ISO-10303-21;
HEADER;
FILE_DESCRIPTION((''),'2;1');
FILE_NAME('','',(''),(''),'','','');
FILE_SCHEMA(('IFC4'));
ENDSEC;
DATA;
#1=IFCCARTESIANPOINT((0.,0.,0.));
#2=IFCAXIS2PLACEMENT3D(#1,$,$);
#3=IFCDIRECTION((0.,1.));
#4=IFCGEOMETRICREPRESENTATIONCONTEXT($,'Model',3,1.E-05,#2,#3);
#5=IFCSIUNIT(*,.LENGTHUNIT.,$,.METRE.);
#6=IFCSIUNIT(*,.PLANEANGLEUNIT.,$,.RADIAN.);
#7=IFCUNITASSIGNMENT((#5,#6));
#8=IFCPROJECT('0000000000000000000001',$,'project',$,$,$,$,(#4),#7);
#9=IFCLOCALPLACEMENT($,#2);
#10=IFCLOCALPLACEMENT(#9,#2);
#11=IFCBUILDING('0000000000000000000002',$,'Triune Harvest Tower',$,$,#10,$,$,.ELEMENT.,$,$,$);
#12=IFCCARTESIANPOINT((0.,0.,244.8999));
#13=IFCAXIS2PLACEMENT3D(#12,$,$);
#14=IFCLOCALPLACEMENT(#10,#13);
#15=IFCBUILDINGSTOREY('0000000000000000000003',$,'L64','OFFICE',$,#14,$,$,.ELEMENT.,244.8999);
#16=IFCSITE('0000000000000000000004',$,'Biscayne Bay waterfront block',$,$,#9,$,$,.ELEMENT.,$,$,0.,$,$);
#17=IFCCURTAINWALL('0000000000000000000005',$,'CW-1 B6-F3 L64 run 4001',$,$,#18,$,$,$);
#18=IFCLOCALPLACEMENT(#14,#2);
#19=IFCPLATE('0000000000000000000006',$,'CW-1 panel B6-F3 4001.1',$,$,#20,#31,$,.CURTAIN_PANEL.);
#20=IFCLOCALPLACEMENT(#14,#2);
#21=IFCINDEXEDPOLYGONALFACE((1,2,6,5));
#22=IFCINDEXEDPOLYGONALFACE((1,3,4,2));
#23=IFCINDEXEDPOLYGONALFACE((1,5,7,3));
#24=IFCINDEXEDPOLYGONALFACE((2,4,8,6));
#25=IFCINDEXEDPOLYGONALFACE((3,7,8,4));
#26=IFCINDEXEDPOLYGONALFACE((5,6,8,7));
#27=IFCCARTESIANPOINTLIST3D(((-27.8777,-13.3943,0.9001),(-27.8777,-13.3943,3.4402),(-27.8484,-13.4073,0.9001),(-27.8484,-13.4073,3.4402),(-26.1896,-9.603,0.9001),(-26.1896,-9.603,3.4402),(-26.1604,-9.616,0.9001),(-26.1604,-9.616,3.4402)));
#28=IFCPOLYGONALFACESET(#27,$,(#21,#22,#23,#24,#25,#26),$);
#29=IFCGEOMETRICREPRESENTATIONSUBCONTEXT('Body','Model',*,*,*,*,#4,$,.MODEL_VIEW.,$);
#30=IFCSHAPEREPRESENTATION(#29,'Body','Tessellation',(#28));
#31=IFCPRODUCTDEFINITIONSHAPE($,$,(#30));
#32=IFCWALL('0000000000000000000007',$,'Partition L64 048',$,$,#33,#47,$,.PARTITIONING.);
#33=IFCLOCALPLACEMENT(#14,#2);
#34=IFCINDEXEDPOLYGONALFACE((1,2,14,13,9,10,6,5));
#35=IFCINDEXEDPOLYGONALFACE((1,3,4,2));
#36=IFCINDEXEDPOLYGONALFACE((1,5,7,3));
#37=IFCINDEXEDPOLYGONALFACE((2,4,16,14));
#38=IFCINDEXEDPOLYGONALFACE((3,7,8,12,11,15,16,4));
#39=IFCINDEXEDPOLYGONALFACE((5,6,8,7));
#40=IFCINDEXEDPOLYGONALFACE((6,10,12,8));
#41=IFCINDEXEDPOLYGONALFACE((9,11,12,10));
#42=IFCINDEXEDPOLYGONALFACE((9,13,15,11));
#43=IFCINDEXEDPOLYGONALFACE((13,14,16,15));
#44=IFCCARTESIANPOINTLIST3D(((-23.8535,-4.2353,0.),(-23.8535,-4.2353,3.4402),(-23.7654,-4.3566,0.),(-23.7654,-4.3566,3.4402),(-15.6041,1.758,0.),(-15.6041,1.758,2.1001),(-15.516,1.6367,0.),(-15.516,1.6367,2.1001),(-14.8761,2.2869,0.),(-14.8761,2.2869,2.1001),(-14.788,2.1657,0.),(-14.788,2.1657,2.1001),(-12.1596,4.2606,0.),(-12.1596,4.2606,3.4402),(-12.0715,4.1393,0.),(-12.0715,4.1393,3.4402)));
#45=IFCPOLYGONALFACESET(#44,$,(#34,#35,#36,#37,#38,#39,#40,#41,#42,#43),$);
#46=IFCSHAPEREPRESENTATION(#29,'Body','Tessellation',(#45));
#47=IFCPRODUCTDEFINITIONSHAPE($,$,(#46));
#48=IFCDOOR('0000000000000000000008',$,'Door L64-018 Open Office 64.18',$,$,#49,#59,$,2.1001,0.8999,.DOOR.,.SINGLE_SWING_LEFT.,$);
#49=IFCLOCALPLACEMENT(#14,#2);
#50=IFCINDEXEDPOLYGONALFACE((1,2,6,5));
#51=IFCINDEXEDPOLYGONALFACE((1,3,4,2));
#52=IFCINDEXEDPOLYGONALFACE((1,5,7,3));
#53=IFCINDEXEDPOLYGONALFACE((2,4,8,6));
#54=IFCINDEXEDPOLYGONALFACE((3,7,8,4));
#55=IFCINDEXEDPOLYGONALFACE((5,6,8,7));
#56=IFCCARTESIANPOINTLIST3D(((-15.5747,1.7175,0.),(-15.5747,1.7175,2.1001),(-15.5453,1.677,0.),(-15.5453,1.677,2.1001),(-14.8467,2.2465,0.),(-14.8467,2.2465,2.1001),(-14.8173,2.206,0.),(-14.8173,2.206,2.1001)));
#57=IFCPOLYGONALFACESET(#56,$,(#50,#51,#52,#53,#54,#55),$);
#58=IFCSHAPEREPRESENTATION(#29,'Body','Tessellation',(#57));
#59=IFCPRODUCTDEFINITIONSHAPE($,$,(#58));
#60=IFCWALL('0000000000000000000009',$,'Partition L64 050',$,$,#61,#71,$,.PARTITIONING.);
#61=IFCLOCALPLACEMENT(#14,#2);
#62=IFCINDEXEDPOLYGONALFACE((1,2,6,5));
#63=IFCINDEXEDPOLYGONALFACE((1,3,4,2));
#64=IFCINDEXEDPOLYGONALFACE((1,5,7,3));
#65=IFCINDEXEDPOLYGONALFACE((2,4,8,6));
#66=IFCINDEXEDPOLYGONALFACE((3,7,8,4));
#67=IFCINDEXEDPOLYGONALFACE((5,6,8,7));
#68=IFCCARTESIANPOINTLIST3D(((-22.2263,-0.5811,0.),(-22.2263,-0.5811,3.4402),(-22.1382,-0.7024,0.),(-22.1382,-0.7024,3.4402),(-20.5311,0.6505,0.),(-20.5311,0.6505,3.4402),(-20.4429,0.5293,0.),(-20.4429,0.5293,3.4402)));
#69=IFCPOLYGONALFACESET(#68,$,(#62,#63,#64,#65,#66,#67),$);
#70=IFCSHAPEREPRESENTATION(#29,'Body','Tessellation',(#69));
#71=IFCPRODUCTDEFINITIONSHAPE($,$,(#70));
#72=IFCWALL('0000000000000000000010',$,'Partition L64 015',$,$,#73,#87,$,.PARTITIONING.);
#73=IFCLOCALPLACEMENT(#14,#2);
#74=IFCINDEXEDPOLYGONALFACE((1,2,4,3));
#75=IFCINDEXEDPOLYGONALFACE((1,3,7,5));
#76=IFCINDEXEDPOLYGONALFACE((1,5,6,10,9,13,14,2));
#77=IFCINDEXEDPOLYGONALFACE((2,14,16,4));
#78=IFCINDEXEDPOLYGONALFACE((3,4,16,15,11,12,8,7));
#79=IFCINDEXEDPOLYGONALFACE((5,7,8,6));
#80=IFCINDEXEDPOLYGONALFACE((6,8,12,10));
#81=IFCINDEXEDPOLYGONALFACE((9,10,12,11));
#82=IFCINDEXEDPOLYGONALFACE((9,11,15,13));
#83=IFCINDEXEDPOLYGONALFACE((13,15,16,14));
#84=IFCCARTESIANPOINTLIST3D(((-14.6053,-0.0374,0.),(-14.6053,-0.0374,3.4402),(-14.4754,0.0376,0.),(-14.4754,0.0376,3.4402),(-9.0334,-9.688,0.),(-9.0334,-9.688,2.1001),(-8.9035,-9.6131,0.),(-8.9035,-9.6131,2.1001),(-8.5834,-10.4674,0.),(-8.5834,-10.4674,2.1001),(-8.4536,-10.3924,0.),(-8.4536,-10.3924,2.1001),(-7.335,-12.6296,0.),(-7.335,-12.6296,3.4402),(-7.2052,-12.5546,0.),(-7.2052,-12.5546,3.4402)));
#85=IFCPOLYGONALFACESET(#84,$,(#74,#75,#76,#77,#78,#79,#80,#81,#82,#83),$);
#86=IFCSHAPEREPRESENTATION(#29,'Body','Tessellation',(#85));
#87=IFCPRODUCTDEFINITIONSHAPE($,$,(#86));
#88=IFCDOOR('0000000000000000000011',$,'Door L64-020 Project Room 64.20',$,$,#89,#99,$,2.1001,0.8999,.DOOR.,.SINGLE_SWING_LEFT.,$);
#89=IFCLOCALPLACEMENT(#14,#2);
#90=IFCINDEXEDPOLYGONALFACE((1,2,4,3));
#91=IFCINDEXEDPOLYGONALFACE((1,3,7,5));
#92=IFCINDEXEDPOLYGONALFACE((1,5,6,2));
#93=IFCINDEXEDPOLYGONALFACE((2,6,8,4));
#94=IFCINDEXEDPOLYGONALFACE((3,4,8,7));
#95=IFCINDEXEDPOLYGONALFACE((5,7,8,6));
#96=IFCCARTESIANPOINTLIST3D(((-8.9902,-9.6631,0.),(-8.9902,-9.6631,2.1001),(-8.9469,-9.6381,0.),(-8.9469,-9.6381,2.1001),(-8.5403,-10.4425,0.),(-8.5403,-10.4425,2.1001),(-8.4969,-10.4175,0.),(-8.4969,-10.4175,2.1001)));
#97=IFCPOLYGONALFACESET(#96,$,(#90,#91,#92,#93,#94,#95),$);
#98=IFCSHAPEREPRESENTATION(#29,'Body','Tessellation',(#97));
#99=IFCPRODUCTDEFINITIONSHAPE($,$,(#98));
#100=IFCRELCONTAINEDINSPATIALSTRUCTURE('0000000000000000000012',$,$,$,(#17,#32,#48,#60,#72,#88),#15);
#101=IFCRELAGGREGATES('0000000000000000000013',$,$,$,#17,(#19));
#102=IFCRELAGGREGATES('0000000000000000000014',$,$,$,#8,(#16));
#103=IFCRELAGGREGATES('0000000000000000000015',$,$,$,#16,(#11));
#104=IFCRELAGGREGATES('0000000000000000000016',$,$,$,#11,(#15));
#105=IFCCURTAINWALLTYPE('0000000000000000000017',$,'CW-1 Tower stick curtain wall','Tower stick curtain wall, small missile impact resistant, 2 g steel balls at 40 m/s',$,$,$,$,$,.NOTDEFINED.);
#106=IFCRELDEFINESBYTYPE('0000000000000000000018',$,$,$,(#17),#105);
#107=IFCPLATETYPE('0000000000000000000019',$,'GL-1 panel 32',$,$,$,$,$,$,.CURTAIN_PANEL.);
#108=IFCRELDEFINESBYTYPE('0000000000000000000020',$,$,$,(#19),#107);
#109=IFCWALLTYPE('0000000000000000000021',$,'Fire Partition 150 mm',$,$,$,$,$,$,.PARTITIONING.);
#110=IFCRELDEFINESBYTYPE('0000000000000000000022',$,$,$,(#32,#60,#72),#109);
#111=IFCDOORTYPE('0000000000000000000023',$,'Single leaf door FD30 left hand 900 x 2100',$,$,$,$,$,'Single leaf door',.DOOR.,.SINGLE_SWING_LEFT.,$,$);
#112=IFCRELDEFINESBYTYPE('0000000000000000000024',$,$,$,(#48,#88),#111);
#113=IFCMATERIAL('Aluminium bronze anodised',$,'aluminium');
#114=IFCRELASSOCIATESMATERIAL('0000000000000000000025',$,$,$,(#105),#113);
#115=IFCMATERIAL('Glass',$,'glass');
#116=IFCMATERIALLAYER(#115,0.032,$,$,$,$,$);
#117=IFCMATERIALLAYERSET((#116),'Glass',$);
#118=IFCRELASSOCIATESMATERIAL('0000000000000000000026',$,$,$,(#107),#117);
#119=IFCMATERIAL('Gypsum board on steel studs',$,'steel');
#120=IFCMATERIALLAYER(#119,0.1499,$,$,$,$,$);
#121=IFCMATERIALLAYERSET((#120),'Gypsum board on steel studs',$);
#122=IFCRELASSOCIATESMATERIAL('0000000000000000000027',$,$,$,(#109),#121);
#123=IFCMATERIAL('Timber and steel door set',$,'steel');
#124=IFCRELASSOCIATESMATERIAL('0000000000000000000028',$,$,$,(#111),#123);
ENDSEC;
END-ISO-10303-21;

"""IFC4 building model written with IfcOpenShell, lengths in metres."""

from ifc_helpers import new_model, si_unit, direction, frame, frame_2d, origin, origin_2d, place, context, subcontext, project, spatial, rectangle, extrude, source, transform, mapped, material, layer, layer_set, type_object, element, fill, aggregate, save


model = new_model("IFC4")

# Units and contexts
model_context = context("Model", 3, precision=1e-05, world=origin(), true_north=direction((0.0, 1.0)))
body_context = subcontext(model_context, "Body", "Model", "MODEL_VIEW")
ifc_project = project(units=[si_unit("LENGTHUNIT", "METRE"), si_unit("PLANEANGLEUNIT", "RADIAN")], contexts=[model_context])

# Site, building, storey
site_placement = place(None, origin())
site = spatial("IfcSite", under=ifc_project, at=site_placement, Name="Biscayne Bay waterfront block", CompositionType="ELEMENT", RefElevation=0.0)
building_placement = place(site_placement, origin())
building = spatial("IfcBuilding", under=site, at=building_placement, Name="Triune Harvest Tower", CompositionType="ELEMENT")
storey_placement = place(building_placement, frame((0.0, 0.0, 244.8999)))
storey = spatial("IfcBuildingStorey", under=building, at=storey_placement, Name="L64", Description="OFFICE", CompositionType="ELEMENT", Elevation=244.8999)

# Curtain wall
ifc_material_1 = material(Name="Aluminium bronze anodised", Category="aluminium")
curtain_wall_type_1 = type_object("IfcCurtainWallType", Name="CW-1 Tower stick curtain wall", Description="Tower stick curtain wall, small missile impact resistant, 2 g steel balls at 40 m/s", PredefinedType="NOTDEFINED", material=ifc_material_1)
curtain_wall_1_placement = place(storey_placement, origin())
curtain_wall_1 = element("IfcCurtainWall", 1, at=curtain_wall_1_placement, inside=storey, type_object=curtain_wall_type_1, Name="CW-1 B6-F3 L64 run 4001")

# Plate
ifc_material_2 = material(Name="Glass", Category="glass")
ifc_layer_1 = layer(ifc_material_2, 0.032)
ifc_layer_set_1 = layer_set([ifc_layer_1], Name="Glass")
plate_type_1 = type_object("IfcPlateType", Name="GL-1 panel 32", PredefinedType="CURTAIN_PANEL", material=ifc_layer_set_1)
shared_shape_1 = source(origin(), body_context, "Body", "SweptSolid", [
    extrude(rectangle(XDim=4.1501, YDim=0.032, at=origin_2d()), origin(), (0.0, 0.0, 1.0), 2.54),
])
plate_1_placement = place(storey_placement, frame((-27.019, -11.5051, 0.9001), z_axis=(0.0, 0.0, 1.0), x_axis=(-0.406739, -0.913545, 0.0)))
plate_1 = element("IfcPlate", 2, at=plate_1_placement, type_object=plate_type_1, Name="CW-1 panel B6-F3 4001.1", PredefinedType="CURTAIN_PANEL", context=body_context, shape_type="MappedRepresentation", body=[
    mapped(shared_shape_1, transform((0.0, 0.0, 0.0), scale=1.0)),
])
aggregate(curtain_wall_1, [plate_1])

# Wall, opening, door
ifc_material_3 = material(Name="Gypsum board on steel studs", Category="steel")
ifc_layer_2 = layer(ifc_material_3, 0.1499)
ifc_layer_set_2 = layer_set([ifc_layer_2], Name="Gypsum board on steel studs")
wall_type = type_object("IfcWallType", Name="Fire Partition 150 mm", PredefinedType="PARTITIONING", material=ifc_layer_set_2)
wall_1_placement = place(storey_placement, frame((-23.8093, -4.2959, 0.0), z_axis=(0.0, 0.0, 1.0), x_axis=(0.809024, 0.587775, 0.0)))
wall_1 = element("IfcWall", 3, at=wall_1_placement, inside=storey, type_object=wall_type, Name="Partition L64 048", PredefinedType="PARTITIONING", context=body_context, shape_type="SweptSolid", body=[
    extrude(rectangle(XDim=14.4543, YDim=0.1499, at=frame_2d((7.2271, 0.0))), origin(), (0.0, 0.0, 1.0), 3.4402),
])
opening_1_placement = place(wall_1_placement, frame((10.1965, 0.0, 0.0)))
opening_1 = element("IfcOpeningElement", 4, at=opening_1_placement, cuts=wall_1, PredefinedType="OPENING", context=body_context, shape_type="SweptSolid", body=[
    extrude(rectangle(XDim=0.8999, YDim=2.1001, at=frame_2d((0.45, 1.05))), frame((0.0, 0.085, 0.0), z_axis=(0.0, -1.0, 0.0), x_axis=(1.0, 0.0, 0.0)), (0.0, 0.0, 1.0), 0.1699),
])
ifc_material_4 = material(Name="Timber and steel door set", Category="steel")
door_type = type_object("IfcDoorType", Name="Single leaf door FD30 left hand 900 x 2100", ElementType="Single leaf door", OperationType="SINGLE_SWING_LEFT", PredefinedType="DOOR", material=ifc_material_4)
door_1_placement = place(opening_1_placement, origin())
door_1 = element("IfcDoor", 5, at=door_1_placement, inside=storey, type_object=door_type, Name="Door L64-018 Open Office 64.18", OperationType="SINGLE_SWING_LEFT", OverallHeight=2.1001, OverallWidth=0.8999, PredefinedType="DOOR", context=body_context, shape_type="SweptSolid", body=[
    extrude(rectangle(XDim=0.8999, YDim=2.1001, at=frame_2d((0.45, 1.05))), frame((0.0, 0.0249, 0.0), z_axis=(0.0, -1.0, 0.0), x_axis=(1.0, 0.0, 0.0)), (0.0, 0.0, 1.0), 0.05),
])
fill(opening_1, door_1)

# Wall
wall_2_placement = place(storey_placement, frame((-22.1824, -0.6418, 0.0), z_axis=(0.0, 0.0, 1.0), x_axis=(0.809023, 0.587777, 0.0)))
element("IfcWall", 6, at=wall_2_placement, inside=storey, type_object=wall_type, Name="Partition L64 050", PredefinedType="PARTITIONING", context=body_context, shape_type="SweptSolid", body=[
    extrude(rectangle(XDim=2.0955, YDim=0.1499, at=frame_2d((1.0479, 0.0))), origin(), (0.0, 0.0, 1.0), 3.4402),
])

# Wall, opening, door
shared_shape_2 = source(origin(), body_context, "Body", "SweptSolid", [
    extrude(rectangle(XDim=14.5403, YDim=0.1499, at=frame_2d((7.27, 0.0))), origin(), (0.0, 0.0, 1.0), 3.4402),
])
wall_3_placement = place(storey_placement, frame((-14.5403, 0.0, 0.0), z_axis=(0.0, 0.0, 1.0), x_axis=(0.500005, -0.866022, 0.0)))
wall_3 = element("IfcWall", 7, at=wall_3_placement, inside=storey, type_object=wall_type, Name="Partition L64 015", PredefinedType="PARTITIONING", context=body_context, shape_type="MappedRepresentation", body=[
    mapped(shared_shape_2, transform((0.0, 0.0, 0.0), scale=1.0)),
])
opening_2_placement = place(wall_3_placement, frame((11.1436, 0.0, 0.0)))
opening_2 = element("IfcOpeningElement", 8, at=opening_2_placement, cuts=wall_3, PredefinedType="OPENING", context=body_context, shape_type="SweptSolid", body=[
    extrude(rectangle(XDim=0.8999, YDim=2.1001, at=frame_2d((0.45, 1.05))), frame((0.0, 0.085, 0.0), z_axis=(0.0, -1.0, 0.0), x_axis=(1.0, 0.0, 0.0)), (0.0, 0.0, 1.0), 0.1699),
])
door_2_placement = place(opening_2_placement, origin())
door_2 = element("IfcDoor", 9, at=door_2_placement, inside=storey, type_object=door_type, Name="Door L64-020 Project Room 64.20", OperationType="SINGLE_SWING_LEFT", OverallHeight=2.1001, OverallWidth=0.8999, PredefinedType="DOOR", context=body_context, shape_type="SweptSolid", body=[
    extrude(rectangle(XDim=0.8999, YDim=2.1001, at=frame_2d((0.45, 1.05))), frame((0.0, 0.0249, 0.0), z_axis=(0.0, -1.0, 0.0), x_axis=(1.0, 0.0, 0.0)), (0.0, 0.0, 1.0), 0.05),
])
fill(opening_2, door_2)

save(model, "model.ifc")
